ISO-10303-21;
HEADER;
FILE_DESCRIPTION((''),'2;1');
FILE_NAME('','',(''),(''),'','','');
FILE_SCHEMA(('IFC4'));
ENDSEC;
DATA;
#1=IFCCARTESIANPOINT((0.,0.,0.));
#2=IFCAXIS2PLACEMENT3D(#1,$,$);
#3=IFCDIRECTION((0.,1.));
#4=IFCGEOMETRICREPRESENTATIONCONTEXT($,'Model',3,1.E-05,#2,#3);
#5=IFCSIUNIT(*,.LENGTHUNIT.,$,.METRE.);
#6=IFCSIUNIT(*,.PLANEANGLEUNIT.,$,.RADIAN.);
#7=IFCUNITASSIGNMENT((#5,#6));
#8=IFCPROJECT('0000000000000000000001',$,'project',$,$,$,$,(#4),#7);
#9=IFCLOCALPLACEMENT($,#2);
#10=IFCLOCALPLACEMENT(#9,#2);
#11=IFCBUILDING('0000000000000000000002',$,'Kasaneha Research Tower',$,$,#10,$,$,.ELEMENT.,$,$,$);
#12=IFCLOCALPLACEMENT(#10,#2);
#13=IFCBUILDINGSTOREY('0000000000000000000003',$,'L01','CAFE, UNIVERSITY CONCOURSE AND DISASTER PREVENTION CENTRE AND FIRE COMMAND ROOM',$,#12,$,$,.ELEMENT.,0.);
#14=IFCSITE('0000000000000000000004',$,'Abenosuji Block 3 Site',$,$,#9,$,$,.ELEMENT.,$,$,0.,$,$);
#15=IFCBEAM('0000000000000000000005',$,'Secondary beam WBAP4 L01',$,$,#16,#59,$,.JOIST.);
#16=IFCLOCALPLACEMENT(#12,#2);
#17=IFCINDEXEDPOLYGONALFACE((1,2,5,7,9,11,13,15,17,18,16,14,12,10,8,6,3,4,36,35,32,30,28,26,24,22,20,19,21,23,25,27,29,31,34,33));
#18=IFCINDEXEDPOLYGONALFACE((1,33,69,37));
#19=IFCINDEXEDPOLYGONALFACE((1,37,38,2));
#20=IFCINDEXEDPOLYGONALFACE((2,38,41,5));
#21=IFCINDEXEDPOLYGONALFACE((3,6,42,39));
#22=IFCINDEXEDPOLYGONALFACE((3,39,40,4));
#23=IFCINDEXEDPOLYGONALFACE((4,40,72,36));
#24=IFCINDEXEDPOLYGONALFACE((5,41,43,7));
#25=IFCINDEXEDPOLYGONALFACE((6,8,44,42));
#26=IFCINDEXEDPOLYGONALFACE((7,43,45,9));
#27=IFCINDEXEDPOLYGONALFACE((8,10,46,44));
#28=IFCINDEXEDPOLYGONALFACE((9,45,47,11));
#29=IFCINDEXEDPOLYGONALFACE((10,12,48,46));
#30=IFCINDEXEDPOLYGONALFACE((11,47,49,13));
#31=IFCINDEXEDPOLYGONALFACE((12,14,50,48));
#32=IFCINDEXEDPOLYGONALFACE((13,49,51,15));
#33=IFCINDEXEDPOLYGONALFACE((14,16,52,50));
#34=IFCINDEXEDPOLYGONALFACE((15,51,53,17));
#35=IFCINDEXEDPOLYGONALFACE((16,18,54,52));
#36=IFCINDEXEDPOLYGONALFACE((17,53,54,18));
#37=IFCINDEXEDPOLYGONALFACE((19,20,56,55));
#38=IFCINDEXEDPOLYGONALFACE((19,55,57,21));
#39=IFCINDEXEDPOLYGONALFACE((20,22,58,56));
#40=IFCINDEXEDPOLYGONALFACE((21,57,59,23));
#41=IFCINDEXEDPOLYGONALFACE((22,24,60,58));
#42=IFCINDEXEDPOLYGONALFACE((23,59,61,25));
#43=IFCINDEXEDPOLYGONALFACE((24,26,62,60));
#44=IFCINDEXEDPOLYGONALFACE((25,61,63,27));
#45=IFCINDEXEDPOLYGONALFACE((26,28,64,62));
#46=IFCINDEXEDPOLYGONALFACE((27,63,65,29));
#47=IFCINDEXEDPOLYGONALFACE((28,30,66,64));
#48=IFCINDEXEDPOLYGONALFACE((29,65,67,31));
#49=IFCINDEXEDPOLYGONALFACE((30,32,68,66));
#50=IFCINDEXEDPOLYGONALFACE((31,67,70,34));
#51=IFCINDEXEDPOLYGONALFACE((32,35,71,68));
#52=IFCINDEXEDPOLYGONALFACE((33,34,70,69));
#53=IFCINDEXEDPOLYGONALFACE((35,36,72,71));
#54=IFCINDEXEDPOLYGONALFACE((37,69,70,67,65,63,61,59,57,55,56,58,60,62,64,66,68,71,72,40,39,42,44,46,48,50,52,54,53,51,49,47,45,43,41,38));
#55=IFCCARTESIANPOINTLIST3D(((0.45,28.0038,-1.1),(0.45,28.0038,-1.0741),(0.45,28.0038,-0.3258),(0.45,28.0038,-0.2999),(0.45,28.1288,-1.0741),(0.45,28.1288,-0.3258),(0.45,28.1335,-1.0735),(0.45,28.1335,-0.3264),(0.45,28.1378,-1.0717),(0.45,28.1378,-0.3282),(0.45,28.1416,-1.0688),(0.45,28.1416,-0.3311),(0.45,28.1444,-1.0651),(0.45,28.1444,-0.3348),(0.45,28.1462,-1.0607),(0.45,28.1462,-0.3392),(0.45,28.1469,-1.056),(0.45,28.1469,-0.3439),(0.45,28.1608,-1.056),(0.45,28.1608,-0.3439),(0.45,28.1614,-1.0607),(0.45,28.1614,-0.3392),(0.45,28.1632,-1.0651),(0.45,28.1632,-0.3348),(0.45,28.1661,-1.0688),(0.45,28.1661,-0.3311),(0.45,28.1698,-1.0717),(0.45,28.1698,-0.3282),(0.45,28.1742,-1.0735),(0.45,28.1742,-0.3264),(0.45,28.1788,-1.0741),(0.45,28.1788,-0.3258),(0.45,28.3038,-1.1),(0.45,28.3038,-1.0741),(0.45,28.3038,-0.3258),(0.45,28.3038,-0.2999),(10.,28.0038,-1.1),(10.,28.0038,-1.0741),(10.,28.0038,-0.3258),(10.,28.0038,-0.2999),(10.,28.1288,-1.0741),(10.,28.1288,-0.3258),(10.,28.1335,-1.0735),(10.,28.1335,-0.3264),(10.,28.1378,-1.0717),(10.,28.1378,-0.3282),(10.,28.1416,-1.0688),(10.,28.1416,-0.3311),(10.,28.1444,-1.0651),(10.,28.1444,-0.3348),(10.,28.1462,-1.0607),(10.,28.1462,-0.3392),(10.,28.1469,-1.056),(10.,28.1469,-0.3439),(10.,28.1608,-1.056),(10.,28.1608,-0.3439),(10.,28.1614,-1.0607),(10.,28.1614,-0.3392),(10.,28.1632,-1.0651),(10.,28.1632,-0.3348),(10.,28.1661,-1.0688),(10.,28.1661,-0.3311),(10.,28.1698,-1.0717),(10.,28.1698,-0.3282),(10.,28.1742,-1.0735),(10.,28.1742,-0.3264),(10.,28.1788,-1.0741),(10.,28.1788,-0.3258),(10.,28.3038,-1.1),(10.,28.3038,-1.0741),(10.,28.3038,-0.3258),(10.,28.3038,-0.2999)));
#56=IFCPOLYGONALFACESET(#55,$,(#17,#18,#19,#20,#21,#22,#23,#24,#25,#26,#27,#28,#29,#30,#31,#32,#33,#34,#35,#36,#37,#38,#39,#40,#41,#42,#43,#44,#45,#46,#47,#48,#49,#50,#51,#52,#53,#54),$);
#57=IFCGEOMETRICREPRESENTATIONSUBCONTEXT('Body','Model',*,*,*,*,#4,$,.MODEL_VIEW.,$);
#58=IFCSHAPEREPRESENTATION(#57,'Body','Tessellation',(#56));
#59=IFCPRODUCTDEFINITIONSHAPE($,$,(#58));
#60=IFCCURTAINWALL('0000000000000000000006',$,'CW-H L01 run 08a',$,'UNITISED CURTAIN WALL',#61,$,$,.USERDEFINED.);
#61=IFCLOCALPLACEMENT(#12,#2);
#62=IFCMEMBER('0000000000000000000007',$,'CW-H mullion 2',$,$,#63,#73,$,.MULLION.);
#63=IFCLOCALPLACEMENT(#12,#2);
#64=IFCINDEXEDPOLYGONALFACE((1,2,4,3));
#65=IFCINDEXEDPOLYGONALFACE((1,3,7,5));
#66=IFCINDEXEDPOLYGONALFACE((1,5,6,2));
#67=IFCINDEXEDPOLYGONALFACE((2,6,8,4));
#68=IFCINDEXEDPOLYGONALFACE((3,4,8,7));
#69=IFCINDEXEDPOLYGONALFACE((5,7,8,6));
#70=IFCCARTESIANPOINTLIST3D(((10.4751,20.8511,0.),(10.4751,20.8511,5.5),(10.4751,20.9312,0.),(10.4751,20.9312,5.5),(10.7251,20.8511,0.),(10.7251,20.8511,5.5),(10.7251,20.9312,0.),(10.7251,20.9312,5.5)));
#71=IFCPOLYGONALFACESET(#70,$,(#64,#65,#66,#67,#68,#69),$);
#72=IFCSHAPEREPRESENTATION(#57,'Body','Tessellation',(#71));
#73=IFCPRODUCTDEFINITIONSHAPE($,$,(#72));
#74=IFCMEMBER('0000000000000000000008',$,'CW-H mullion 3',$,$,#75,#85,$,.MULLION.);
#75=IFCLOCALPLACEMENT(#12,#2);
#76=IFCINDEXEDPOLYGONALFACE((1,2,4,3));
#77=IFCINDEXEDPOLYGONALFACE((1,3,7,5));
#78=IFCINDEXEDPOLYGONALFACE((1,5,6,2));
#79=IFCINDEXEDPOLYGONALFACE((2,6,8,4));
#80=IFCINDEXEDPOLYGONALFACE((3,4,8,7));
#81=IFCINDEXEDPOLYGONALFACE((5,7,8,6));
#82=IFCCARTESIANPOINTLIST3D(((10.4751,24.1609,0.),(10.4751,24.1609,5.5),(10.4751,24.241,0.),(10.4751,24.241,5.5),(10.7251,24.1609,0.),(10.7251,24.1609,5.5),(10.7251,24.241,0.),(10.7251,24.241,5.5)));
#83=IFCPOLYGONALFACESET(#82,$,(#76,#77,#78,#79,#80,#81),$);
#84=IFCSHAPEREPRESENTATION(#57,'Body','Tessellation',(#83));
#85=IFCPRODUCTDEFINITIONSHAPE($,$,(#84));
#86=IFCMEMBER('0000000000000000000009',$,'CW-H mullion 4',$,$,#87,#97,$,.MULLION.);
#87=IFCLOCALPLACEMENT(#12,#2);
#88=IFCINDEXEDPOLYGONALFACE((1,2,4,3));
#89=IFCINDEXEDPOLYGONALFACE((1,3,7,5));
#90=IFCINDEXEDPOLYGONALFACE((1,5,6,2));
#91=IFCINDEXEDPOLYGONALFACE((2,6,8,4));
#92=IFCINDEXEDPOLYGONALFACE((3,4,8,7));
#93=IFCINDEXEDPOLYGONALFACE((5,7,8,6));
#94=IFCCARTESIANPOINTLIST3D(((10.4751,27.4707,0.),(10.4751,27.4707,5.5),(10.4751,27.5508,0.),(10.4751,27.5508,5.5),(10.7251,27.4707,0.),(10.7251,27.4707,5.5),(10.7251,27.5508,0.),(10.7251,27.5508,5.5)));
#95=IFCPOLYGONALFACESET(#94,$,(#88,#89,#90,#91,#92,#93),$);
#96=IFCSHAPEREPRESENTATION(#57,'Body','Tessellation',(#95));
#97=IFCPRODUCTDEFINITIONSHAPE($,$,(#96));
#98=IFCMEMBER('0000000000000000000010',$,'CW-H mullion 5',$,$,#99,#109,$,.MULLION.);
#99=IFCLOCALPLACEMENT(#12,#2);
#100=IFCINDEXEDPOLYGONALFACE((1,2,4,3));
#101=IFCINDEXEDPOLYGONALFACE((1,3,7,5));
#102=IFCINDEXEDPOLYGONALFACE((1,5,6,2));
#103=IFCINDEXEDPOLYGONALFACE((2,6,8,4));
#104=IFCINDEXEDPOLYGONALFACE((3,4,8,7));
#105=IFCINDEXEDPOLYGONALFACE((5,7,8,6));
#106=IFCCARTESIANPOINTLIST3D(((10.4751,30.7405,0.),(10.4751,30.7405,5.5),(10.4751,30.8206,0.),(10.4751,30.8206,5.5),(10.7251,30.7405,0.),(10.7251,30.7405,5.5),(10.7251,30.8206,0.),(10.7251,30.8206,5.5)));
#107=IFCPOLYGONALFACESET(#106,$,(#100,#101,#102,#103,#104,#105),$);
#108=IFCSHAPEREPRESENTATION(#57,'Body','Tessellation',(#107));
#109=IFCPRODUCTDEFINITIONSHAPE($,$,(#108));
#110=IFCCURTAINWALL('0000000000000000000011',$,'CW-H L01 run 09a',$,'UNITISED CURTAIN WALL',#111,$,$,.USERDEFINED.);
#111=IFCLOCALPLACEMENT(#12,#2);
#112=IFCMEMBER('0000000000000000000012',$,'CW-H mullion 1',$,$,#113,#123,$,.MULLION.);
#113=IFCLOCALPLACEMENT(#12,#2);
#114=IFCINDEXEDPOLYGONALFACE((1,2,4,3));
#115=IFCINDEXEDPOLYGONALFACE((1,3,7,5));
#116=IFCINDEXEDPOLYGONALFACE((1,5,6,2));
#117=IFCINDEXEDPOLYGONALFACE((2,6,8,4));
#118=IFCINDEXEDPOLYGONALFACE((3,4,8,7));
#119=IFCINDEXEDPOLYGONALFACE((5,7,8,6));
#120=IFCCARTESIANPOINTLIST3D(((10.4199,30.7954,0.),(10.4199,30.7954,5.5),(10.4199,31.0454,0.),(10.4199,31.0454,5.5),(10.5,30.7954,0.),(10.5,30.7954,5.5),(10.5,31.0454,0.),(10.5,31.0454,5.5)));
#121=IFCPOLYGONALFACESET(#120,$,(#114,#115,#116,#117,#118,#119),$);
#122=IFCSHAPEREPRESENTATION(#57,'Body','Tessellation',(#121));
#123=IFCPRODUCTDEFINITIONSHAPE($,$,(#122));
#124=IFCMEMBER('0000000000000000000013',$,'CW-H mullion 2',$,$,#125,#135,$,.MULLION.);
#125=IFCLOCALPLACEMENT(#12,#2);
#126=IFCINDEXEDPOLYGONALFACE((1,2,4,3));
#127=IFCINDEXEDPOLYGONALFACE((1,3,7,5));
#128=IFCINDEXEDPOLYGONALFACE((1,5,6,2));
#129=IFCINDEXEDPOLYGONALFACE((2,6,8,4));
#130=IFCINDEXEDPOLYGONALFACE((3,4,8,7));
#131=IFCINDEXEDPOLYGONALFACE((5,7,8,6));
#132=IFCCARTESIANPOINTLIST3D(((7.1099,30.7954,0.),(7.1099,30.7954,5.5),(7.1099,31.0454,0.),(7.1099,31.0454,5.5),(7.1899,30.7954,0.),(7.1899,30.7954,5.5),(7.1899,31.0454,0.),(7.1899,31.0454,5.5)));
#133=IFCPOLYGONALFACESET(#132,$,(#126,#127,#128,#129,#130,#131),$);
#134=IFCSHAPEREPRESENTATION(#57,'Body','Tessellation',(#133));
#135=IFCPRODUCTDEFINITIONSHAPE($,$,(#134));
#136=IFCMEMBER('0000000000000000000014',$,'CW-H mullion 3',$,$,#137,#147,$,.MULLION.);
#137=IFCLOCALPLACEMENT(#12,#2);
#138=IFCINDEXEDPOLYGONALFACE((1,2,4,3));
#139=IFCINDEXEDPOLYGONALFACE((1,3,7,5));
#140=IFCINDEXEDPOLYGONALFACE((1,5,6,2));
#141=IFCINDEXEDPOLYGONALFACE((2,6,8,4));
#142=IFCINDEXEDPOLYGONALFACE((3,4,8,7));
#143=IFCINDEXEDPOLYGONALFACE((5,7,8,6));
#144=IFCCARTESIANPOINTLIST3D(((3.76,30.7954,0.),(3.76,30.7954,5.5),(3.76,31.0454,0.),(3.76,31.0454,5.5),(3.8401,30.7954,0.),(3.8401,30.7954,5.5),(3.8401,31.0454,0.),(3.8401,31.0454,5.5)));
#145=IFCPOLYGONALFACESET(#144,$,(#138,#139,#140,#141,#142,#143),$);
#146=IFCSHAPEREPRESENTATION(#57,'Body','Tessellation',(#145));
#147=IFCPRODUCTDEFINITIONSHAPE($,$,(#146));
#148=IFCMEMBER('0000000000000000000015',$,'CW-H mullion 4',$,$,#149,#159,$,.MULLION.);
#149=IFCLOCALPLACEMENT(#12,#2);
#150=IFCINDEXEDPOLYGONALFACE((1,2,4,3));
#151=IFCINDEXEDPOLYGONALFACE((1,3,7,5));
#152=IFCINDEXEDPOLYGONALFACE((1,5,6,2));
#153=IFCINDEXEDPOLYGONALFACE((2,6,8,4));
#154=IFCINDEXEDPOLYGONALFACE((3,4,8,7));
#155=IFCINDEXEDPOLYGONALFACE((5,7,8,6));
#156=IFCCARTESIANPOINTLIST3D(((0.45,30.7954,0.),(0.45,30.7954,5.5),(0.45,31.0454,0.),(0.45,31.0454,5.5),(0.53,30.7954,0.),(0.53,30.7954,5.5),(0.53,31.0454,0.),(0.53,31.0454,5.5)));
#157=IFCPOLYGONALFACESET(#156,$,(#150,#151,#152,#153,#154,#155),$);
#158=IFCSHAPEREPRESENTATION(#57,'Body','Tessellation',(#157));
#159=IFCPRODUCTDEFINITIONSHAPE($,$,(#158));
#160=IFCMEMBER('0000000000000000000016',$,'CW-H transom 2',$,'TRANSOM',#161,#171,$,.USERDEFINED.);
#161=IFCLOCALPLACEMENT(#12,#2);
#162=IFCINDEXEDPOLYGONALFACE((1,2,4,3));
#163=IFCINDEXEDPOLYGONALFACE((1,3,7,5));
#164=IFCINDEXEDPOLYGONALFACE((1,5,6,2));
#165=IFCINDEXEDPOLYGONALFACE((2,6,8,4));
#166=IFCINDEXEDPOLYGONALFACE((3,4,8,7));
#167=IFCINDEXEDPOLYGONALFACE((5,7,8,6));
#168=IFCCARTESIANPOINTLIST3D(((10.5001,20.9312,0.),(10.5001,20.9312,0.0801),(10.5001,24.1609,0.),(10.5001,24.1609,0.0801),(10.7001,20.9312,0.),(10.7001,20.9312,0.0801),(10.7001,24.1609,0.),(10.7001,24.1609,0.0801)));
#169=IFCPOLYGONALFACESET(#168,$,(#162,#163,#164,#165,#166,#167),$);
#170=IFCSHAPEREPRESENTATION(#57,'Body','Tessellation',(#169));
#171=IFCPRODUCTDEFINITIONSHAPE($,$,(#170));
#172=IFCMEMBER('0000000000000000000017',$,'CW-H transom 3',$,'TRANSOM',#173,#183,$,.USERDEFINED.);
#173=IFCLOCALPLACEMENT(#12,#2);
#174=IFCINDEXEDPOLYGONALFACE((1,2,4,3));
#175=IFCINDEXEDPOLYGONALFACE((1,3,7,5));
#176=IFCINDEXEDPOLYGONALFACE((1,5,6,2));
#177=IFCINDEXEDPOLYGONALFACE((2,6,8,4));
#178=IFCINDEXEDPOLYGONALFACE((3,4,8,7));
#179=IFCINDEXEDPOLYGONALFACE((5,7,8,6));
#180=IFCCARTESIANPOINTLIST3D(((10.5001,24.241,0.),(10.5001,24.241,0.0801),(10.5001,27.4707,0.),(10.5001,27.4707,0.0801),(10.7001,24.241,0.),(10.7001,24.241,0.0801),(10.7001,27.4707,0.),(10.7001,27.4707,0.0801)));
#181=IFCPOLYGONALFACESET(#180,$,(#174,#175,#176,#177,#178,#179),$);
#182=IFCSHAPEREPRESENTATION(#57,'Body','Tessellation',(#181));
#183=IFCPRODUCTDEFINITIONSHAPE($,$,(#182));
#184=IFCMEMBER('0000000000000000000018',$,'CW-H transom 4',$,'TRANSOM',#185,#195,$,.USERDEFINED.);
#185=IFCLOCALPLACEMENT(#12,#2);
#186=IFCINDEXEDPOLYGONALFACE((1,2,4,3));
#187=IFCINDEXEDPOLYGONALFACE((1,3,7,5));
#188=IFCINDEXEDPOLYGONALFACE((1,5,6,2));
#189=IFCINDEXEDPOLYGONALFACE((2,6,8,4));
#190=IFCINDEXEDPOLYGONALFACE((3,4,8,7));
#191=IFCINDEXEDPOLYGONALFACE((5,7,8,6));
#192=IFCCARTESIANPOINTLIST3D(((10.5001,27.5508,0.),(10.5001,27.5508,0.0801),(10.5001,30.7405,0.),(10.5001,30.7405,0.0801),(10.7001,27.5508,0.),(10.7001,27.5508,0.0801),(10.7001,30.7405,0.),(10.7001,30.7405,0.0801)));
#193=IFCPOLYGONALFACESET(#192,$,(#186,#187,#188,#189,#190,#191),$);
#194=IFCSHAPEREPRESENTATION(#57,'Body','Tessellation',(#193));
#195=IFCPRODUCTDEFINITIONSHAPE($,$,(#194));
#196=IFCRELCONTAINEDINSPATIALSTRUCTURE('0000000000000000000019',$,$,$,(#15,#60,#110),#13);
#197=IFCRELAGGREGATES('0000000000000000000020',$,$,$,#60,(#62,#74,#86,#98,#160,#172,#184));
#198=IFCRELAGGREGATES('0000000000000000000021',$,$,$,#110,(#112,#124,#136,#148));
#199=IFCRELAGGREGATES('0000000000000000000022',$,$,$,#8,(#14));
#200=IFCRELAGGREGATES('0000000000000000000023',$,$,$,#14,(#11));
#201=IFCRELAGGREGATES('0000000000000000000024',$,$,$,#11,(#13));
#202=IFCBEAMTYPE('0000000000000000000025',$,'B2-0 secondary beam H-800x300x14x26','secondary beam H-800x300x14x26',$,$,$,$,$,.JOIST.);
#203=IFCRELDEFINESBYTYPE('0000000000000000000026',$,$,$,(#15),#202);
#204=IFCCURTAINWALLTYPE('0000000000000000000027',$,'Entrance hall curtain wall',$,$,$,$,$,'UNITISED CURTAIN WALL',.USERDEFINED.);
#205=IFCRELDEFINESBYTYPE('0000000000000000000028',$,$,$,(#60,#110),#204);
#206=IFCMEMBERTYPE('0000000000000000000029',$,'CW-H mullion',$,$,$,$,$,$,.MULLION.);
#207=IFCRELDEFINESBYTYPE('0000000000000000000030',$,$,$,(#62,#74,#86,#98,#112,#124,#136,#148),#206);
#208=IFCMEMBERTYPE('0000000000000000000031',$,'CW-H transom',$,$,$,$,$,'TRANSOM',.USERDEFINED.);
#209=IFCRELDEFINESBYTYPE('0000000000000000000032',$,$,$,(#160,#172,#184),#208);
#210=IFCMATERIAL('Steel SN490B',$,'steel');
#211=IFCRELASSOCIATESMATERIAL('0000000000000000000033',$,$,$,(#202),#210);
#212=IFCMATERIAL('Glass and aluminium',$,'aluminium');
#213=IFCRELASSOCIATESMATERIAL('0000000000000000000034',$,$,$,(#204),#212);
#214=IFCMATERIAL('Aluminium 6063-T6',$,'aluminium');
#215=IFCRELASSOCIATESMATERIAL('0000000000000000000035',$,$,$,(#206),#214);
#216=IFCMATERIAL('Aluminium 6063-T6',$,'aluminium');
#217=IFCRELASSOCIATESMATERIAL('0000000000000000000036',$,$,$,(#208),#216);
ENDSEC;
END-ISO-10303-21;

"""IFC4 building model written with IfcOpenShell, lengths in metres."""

from ifc_helpers import new_model, si_unit, direction, frame, origin, origin_2d, place, context, subcontext, project, spatial, rectangle, i_section, extrude, material, material_profile, profile_set, type_object, element, aggregate, save


model = new_model("IFC4")

# Units and contexts
model_context = context("Model", 3, precision=1e-05, world=origin(), true_north=direction((0.0, 1.0)))
body_context = subcontext(model_context, "Body", "Model", "MODEL_VIEW")
ifc_project = project(units=[si_unit("LENGTHUNIT", "METRE"), si_unit("PLANEANGLEUNIT", "RADIAN")], contexts=[model_context])

# Site, building, storey
site_placement = place(None, origin())
site = spatial("IfcSite", under=ifc_project, at=site_placement, Name="Abenosuji Block 3 Site", CompositionType="ELEMENT", RefElevation=0.0)
building_placement = place(site_placement, origin())
building = spatial("IfcBuilding", under=site, at=building_placement, Name="Kasaneha Research Tower", CompositionType="ELEMENT")
storey_placement = place(building_placement, origin())
storey = spatial("IfcBuildingStorey", under=building, at=storey_placement, Name="L01", Description="CAFE, UNIVERSITY CONCOURSE AND DISASTER PREVENTION CENTRE AND FIRE COMMAND ROOM", CompositionType="ELEMENT", Elevation=0.0)

# Beam
ifc_material_1 = material(Name="Steel SN490B", Category="steel")
ifc_material_profile_1 = material_profile(ifc_material_1, i_section(OverallWidth=0.3, OverallDepth=0.8, WebThickness=0.0139, FlangeThickness=0.0259, FilletRadius=0.0181, at=origin_2d()), Name="H-800x300x14x26")
ifc_profile_set_1 = profile_set([ifc_material_profile_1], Name="Steel SN490B")
beam_type_1 = type_object("IfcBeamType", Name="B2-0 secondary beam H-800x300x14x26", Description="secondary beam H-800x300x14x26", PredefinedType="JOIST", material=ifc_profile_set_1)
for number, where, z_axis, x_axis, name in (
    (1, (10.0, 28.1538, -0.7), (-1.0, 0.0, 0.0), (0.0, -1.0, 0.0), "Secondary beam WBAP4 L01"),
):
    element("IfcBeam", number, at=place(storey_placement, frame(where, z_axis=z_axis, x_axis=x_axis)), inside=storey, type_object=beam_type_1, Name=name, PredefinedType="JOIST", context=body_context, shape_type="SweptSolid", body=[
        extrude(i_section(OverallWidth=0.3, OverallDepth=0.8, WebThickness=0.0139, FlangeThickness=0.0259, FilletRadius=0.0181, at=origin_2d()), origin(), (0.0, 0.0, 1.0), 9.55),
    ])

# Curtain walls, members
ifc_material_2 = material(Name="Glass and aluminium", Category="aluminium")
curtain_wall_type = type_object("IfcCurtainWallType", Name="Entrance hall curtain wall", ElementType="UNITISED CURTAIN WALL", PredefinedType="USERDEFINED", material=ifc_material_2)
curtain_wall_1_placement = place(storey_placement, origin())
curtain_wall_1 = element("IfcCurtainWall", 2, at=curtain_wall_1_placement, inside=storey, type_object=curtain_wall_type, Name="CW-H L01 run 08a", ObjectType="UNITISED CURTAIN WALL", PredefinedType="USERDEFINED")
ifc_material_3 = material(Name="Aluminium 6063-T6", Category="aluminium")
ifc_material_profile_2 = material_profile(ifc_material_3, rectangle(XDim=0.0801, YDim=0.25, at=origin_2d()), Name="CW-H mullion 80x250")
ifc_profile_set_2 = profile_set([ifc_material_profile_2], Name="Aluminium 6063-T6")
member_type_1 = type_object("IfcMemberType", Name="CW-H mullion", PredefinedType="MULLION", material=ifc_profile_set_2)
member_1_placement = place(storey_placement, frame((10.6001, 20.8911, 0.0), z_axis=(0.0, 0.0, 1.0), x_axis=(0.0, 1.0, 0.0)))
member_1 = element("IfcMember", 3, at=member_1_placement, type_object=member_type_1, Name="CW-H mullion 2", PredefinedType="MULLION", context=body_context, shape_type="SweptSolid", body=[
    extrude(rectangle(XDim=0.0801, YDim=0.25, at=origin_2d()), origin(), (0.0, 0.0, 1.0), 5.5),
])
member_2_placement = place(storey_placement, frame((10.6001, 24.2009, 0.0), z_axis=(0.0, 0.0, 1.0), x_axis=(0.0, 1.0, 0.0)))
member_2 = element("IfcMember", 4, at=member_2_placement, type_object=member_type_1, Name="CW-H mullion 3", PredefinedType="MULLION", context=body_context, shape_type="SweptSolid", body=[
    extrude(rectangle(XDim=0.0801, YDim=0.25, at=origin_2d()), origin(), (0.0, 0.0, 1.0), 5.5),
])
member_3_placement = place(storey_placement, frame((10.6001, 27.5107, 0.0), z_axis=(0.0, 0.0, 1.0), x_axis=(0.0, 1.0, 0.0)))
member_3 = element("IfcMember", 5, at=member_3_placement, type_object=member_type_1, Name="CW-H mullion 4", PredefinedType="MULLION", context=body_context, shape_type="SweptSolid", body=[
    extrude(rectangle(XDim=0.0801, YDim=0.25, at=origin_2d()), origin(), (0.0, 0.0, 1.0), 5.5),
])
member_4_placement = place(storey_placement, frame((10.6001, 30.7805, 0.0), z_axis=(0.0, 0.0, 1.0), x_axis=(0.0, 1.0, 0.0)))
member_4 = element("IfcMember", 6, at=member_4_placement, type_object=member_type_1, Name="CW-H mullion 5", PredefinedType="MULLION", context=body_context, shape_type="SweptSolid", body=[
    extrude(rectangle(XDim=0.0801, YDim=0.25, at=origin_2d()), origin(), (0.0, 0.0, 1.0), 5.5),
])
curtain_wall_2_placement = place(storey_placement, origin())
curtain_wall_2 = element("IfcCurtainWall", 7, at=curtain_wall_2_placement, inside=storey, type_object=curtain_wall_type, Name="CW-H L01 run 09a", ObjectType="UNITISED CURTAIN WALL", PredefinedType="USERDEFINED")
member_5_placement = place(storey_placement, frame((10.46, 30.9204, 0.0), z_axis=(0.0, 0.0, 1.0), x_axis=(-1.0, 0.0, 0.0)))
member_5 = element("IfcMember", 8, at=member_5_placement, type_object=member_type_1, Name="CW-H mullion 1", PredefinedType="MULLION", context=body_context, shape_type="SweptSolid", body=[
    extrude(rectangle(XDim=0.0801, YDim=0.25, at=origin_2d()), origin(), (0.0, 0.0, 1.0), 5.5),
])
member_6_placement = place(storey_placement, frame((7.1499, 30.9204, 0.0), z_axis=(0.0, 0.0, 1.0), x_axis=(-1.0, 0.0, 0.0)))
member_6 = element("IfcMember", 9, at=member_6_placement, type_object=member_type_1, Name="CW-H mullion 2", PredefinedType="MULLION", context=body_context, shape_type="SweptSolid", body=[
    extrude(rectangle(XDim=0.0801, YDim=0.25, at=origin_2d()), origin(), (0.0, 0.0, 1.0), 5.5),
])
member_7_placement = place(storey_placement, frame((3.8, 30.9204, 0.0), z_axis=(0.0, 0.0, 1.0), x_axis=(-1.0, 0.0, 0.0)))
member_7 = element("IfcMember", 10, at=member_7_placement, type_object=member_type_1, Name="CW-H mullion 3", PredefinedType="MULLION", context=body_context, shape_type="SweptSolid", body=[
    extrude(rectangle(XDim=0.0801, YDim=0.25, at=origin_2d()), origin(), (0.0, 0.0, 1.0), 5.5),
])
member_8_placement = place(storey_placement, frame((0.49, 30.9204, 0.0), z_axis=(0.0, 0.0, 1.0), x_axis=(-1.0, 0.0, 0.0)))
member_8 = element("IfcMember", 11, at=member_8_placement, type_object=member_type_1, Name="CW-H mullion 4", PredefinedType="MULLION", context=body_context, shape_type="SweptSolid", body=[
    extrude(rectangle(XDim=0.0801, YDim=0.25, at=origin_2d()), origin(), (0.0, 0.0, 1.0), 5.5),
])

# Members
ifc_material_4 = material(Name="Aluminium 6063-T6", Category="aluminium")
ifc_material_profile_3 = material_profile(ifc_material_4, rectangle(XDim=0.2, YDim=0.0801, at=origin_2d()), Name="CW-H transom 200x80")
ifc_profile_set_3 = profile_set([ifc_material_profile_3], Name="Aluminium 6063-T6")
member_type_2 = type_object("IfcMemberType", Name="CW-H transom", ElementType="TRANSOM", PredefinedType="USERDEFINED", material=ifc_profile_set_3)
member_9_placement = place(storey_placement, frame((10.6001, 20.9312, 0.04), z_axis=(0.0, 1.0, 0.0), x_axis=(-1.0, 0.0, 0.0)))
member_9 = element("IfcMember", 12, at=member_9_placement, type_object=member_type_2, Name="CW-H transom 2", ObjectType="TRANSOM", PredefinedType="USERDEFINED", context=body_context, shape_type="SweptSolid", body=[
    extrude(rectangle(XDim=0.2, YDim=0.0801, at=origin_2d()), origin(), (0.0, 0.0, 1.0), 3.2297),
])
member_10_placement = place(storey_placement, frame((10.6001, 24.241, 0.04), z_axis=(0.0, 1.0, 0.0), x_axis=(-1.0, 0.0, 0.0)))
member_10 = element("IfcMember", 13, at=member_10_placement, type_object=member_type_2, Name="CW-H transom 3", ObjectType="TRANSOM", PredefinedType="USERDEFINED", context=body_context, shape_type="SweptSolid", body=[
    extrude(rectangle(XDim=0.2, YDim=0.0801, at=origin_2d()), origin(), (0.0, 0.0, 1.0), 3.2297),
])
member_11_placement = place(storey_placement, frame((10.6001, 27.5508, 0.04), z_axis=(0.0, 1.0, 0.0), x_axis=(-1.0, 0.0, 0.0)))
member_11 = element("IfcMember", 14, at=member_11_placement, type_object=member_type_2, Name="CW-H transom 4", ObjectType="TRANSOM", PredefinedType="USERDEFINED", context=body_context, shape_type="SweptSolid", body=[
    extrude(rectangle(XDim=0.2, YDim=0.0801, at=origin_2d()), origin(), (0.0, 0.0, 1.0), 3.1897),
])

aggregate(curtain_wall_1, [member_1, member_2, member_3, member_4, member_9, member_10, member_11])
aggregate(curtain_wall_2, [member_5, member_6, member_7, member_8])

save(model, "model.ifc")
